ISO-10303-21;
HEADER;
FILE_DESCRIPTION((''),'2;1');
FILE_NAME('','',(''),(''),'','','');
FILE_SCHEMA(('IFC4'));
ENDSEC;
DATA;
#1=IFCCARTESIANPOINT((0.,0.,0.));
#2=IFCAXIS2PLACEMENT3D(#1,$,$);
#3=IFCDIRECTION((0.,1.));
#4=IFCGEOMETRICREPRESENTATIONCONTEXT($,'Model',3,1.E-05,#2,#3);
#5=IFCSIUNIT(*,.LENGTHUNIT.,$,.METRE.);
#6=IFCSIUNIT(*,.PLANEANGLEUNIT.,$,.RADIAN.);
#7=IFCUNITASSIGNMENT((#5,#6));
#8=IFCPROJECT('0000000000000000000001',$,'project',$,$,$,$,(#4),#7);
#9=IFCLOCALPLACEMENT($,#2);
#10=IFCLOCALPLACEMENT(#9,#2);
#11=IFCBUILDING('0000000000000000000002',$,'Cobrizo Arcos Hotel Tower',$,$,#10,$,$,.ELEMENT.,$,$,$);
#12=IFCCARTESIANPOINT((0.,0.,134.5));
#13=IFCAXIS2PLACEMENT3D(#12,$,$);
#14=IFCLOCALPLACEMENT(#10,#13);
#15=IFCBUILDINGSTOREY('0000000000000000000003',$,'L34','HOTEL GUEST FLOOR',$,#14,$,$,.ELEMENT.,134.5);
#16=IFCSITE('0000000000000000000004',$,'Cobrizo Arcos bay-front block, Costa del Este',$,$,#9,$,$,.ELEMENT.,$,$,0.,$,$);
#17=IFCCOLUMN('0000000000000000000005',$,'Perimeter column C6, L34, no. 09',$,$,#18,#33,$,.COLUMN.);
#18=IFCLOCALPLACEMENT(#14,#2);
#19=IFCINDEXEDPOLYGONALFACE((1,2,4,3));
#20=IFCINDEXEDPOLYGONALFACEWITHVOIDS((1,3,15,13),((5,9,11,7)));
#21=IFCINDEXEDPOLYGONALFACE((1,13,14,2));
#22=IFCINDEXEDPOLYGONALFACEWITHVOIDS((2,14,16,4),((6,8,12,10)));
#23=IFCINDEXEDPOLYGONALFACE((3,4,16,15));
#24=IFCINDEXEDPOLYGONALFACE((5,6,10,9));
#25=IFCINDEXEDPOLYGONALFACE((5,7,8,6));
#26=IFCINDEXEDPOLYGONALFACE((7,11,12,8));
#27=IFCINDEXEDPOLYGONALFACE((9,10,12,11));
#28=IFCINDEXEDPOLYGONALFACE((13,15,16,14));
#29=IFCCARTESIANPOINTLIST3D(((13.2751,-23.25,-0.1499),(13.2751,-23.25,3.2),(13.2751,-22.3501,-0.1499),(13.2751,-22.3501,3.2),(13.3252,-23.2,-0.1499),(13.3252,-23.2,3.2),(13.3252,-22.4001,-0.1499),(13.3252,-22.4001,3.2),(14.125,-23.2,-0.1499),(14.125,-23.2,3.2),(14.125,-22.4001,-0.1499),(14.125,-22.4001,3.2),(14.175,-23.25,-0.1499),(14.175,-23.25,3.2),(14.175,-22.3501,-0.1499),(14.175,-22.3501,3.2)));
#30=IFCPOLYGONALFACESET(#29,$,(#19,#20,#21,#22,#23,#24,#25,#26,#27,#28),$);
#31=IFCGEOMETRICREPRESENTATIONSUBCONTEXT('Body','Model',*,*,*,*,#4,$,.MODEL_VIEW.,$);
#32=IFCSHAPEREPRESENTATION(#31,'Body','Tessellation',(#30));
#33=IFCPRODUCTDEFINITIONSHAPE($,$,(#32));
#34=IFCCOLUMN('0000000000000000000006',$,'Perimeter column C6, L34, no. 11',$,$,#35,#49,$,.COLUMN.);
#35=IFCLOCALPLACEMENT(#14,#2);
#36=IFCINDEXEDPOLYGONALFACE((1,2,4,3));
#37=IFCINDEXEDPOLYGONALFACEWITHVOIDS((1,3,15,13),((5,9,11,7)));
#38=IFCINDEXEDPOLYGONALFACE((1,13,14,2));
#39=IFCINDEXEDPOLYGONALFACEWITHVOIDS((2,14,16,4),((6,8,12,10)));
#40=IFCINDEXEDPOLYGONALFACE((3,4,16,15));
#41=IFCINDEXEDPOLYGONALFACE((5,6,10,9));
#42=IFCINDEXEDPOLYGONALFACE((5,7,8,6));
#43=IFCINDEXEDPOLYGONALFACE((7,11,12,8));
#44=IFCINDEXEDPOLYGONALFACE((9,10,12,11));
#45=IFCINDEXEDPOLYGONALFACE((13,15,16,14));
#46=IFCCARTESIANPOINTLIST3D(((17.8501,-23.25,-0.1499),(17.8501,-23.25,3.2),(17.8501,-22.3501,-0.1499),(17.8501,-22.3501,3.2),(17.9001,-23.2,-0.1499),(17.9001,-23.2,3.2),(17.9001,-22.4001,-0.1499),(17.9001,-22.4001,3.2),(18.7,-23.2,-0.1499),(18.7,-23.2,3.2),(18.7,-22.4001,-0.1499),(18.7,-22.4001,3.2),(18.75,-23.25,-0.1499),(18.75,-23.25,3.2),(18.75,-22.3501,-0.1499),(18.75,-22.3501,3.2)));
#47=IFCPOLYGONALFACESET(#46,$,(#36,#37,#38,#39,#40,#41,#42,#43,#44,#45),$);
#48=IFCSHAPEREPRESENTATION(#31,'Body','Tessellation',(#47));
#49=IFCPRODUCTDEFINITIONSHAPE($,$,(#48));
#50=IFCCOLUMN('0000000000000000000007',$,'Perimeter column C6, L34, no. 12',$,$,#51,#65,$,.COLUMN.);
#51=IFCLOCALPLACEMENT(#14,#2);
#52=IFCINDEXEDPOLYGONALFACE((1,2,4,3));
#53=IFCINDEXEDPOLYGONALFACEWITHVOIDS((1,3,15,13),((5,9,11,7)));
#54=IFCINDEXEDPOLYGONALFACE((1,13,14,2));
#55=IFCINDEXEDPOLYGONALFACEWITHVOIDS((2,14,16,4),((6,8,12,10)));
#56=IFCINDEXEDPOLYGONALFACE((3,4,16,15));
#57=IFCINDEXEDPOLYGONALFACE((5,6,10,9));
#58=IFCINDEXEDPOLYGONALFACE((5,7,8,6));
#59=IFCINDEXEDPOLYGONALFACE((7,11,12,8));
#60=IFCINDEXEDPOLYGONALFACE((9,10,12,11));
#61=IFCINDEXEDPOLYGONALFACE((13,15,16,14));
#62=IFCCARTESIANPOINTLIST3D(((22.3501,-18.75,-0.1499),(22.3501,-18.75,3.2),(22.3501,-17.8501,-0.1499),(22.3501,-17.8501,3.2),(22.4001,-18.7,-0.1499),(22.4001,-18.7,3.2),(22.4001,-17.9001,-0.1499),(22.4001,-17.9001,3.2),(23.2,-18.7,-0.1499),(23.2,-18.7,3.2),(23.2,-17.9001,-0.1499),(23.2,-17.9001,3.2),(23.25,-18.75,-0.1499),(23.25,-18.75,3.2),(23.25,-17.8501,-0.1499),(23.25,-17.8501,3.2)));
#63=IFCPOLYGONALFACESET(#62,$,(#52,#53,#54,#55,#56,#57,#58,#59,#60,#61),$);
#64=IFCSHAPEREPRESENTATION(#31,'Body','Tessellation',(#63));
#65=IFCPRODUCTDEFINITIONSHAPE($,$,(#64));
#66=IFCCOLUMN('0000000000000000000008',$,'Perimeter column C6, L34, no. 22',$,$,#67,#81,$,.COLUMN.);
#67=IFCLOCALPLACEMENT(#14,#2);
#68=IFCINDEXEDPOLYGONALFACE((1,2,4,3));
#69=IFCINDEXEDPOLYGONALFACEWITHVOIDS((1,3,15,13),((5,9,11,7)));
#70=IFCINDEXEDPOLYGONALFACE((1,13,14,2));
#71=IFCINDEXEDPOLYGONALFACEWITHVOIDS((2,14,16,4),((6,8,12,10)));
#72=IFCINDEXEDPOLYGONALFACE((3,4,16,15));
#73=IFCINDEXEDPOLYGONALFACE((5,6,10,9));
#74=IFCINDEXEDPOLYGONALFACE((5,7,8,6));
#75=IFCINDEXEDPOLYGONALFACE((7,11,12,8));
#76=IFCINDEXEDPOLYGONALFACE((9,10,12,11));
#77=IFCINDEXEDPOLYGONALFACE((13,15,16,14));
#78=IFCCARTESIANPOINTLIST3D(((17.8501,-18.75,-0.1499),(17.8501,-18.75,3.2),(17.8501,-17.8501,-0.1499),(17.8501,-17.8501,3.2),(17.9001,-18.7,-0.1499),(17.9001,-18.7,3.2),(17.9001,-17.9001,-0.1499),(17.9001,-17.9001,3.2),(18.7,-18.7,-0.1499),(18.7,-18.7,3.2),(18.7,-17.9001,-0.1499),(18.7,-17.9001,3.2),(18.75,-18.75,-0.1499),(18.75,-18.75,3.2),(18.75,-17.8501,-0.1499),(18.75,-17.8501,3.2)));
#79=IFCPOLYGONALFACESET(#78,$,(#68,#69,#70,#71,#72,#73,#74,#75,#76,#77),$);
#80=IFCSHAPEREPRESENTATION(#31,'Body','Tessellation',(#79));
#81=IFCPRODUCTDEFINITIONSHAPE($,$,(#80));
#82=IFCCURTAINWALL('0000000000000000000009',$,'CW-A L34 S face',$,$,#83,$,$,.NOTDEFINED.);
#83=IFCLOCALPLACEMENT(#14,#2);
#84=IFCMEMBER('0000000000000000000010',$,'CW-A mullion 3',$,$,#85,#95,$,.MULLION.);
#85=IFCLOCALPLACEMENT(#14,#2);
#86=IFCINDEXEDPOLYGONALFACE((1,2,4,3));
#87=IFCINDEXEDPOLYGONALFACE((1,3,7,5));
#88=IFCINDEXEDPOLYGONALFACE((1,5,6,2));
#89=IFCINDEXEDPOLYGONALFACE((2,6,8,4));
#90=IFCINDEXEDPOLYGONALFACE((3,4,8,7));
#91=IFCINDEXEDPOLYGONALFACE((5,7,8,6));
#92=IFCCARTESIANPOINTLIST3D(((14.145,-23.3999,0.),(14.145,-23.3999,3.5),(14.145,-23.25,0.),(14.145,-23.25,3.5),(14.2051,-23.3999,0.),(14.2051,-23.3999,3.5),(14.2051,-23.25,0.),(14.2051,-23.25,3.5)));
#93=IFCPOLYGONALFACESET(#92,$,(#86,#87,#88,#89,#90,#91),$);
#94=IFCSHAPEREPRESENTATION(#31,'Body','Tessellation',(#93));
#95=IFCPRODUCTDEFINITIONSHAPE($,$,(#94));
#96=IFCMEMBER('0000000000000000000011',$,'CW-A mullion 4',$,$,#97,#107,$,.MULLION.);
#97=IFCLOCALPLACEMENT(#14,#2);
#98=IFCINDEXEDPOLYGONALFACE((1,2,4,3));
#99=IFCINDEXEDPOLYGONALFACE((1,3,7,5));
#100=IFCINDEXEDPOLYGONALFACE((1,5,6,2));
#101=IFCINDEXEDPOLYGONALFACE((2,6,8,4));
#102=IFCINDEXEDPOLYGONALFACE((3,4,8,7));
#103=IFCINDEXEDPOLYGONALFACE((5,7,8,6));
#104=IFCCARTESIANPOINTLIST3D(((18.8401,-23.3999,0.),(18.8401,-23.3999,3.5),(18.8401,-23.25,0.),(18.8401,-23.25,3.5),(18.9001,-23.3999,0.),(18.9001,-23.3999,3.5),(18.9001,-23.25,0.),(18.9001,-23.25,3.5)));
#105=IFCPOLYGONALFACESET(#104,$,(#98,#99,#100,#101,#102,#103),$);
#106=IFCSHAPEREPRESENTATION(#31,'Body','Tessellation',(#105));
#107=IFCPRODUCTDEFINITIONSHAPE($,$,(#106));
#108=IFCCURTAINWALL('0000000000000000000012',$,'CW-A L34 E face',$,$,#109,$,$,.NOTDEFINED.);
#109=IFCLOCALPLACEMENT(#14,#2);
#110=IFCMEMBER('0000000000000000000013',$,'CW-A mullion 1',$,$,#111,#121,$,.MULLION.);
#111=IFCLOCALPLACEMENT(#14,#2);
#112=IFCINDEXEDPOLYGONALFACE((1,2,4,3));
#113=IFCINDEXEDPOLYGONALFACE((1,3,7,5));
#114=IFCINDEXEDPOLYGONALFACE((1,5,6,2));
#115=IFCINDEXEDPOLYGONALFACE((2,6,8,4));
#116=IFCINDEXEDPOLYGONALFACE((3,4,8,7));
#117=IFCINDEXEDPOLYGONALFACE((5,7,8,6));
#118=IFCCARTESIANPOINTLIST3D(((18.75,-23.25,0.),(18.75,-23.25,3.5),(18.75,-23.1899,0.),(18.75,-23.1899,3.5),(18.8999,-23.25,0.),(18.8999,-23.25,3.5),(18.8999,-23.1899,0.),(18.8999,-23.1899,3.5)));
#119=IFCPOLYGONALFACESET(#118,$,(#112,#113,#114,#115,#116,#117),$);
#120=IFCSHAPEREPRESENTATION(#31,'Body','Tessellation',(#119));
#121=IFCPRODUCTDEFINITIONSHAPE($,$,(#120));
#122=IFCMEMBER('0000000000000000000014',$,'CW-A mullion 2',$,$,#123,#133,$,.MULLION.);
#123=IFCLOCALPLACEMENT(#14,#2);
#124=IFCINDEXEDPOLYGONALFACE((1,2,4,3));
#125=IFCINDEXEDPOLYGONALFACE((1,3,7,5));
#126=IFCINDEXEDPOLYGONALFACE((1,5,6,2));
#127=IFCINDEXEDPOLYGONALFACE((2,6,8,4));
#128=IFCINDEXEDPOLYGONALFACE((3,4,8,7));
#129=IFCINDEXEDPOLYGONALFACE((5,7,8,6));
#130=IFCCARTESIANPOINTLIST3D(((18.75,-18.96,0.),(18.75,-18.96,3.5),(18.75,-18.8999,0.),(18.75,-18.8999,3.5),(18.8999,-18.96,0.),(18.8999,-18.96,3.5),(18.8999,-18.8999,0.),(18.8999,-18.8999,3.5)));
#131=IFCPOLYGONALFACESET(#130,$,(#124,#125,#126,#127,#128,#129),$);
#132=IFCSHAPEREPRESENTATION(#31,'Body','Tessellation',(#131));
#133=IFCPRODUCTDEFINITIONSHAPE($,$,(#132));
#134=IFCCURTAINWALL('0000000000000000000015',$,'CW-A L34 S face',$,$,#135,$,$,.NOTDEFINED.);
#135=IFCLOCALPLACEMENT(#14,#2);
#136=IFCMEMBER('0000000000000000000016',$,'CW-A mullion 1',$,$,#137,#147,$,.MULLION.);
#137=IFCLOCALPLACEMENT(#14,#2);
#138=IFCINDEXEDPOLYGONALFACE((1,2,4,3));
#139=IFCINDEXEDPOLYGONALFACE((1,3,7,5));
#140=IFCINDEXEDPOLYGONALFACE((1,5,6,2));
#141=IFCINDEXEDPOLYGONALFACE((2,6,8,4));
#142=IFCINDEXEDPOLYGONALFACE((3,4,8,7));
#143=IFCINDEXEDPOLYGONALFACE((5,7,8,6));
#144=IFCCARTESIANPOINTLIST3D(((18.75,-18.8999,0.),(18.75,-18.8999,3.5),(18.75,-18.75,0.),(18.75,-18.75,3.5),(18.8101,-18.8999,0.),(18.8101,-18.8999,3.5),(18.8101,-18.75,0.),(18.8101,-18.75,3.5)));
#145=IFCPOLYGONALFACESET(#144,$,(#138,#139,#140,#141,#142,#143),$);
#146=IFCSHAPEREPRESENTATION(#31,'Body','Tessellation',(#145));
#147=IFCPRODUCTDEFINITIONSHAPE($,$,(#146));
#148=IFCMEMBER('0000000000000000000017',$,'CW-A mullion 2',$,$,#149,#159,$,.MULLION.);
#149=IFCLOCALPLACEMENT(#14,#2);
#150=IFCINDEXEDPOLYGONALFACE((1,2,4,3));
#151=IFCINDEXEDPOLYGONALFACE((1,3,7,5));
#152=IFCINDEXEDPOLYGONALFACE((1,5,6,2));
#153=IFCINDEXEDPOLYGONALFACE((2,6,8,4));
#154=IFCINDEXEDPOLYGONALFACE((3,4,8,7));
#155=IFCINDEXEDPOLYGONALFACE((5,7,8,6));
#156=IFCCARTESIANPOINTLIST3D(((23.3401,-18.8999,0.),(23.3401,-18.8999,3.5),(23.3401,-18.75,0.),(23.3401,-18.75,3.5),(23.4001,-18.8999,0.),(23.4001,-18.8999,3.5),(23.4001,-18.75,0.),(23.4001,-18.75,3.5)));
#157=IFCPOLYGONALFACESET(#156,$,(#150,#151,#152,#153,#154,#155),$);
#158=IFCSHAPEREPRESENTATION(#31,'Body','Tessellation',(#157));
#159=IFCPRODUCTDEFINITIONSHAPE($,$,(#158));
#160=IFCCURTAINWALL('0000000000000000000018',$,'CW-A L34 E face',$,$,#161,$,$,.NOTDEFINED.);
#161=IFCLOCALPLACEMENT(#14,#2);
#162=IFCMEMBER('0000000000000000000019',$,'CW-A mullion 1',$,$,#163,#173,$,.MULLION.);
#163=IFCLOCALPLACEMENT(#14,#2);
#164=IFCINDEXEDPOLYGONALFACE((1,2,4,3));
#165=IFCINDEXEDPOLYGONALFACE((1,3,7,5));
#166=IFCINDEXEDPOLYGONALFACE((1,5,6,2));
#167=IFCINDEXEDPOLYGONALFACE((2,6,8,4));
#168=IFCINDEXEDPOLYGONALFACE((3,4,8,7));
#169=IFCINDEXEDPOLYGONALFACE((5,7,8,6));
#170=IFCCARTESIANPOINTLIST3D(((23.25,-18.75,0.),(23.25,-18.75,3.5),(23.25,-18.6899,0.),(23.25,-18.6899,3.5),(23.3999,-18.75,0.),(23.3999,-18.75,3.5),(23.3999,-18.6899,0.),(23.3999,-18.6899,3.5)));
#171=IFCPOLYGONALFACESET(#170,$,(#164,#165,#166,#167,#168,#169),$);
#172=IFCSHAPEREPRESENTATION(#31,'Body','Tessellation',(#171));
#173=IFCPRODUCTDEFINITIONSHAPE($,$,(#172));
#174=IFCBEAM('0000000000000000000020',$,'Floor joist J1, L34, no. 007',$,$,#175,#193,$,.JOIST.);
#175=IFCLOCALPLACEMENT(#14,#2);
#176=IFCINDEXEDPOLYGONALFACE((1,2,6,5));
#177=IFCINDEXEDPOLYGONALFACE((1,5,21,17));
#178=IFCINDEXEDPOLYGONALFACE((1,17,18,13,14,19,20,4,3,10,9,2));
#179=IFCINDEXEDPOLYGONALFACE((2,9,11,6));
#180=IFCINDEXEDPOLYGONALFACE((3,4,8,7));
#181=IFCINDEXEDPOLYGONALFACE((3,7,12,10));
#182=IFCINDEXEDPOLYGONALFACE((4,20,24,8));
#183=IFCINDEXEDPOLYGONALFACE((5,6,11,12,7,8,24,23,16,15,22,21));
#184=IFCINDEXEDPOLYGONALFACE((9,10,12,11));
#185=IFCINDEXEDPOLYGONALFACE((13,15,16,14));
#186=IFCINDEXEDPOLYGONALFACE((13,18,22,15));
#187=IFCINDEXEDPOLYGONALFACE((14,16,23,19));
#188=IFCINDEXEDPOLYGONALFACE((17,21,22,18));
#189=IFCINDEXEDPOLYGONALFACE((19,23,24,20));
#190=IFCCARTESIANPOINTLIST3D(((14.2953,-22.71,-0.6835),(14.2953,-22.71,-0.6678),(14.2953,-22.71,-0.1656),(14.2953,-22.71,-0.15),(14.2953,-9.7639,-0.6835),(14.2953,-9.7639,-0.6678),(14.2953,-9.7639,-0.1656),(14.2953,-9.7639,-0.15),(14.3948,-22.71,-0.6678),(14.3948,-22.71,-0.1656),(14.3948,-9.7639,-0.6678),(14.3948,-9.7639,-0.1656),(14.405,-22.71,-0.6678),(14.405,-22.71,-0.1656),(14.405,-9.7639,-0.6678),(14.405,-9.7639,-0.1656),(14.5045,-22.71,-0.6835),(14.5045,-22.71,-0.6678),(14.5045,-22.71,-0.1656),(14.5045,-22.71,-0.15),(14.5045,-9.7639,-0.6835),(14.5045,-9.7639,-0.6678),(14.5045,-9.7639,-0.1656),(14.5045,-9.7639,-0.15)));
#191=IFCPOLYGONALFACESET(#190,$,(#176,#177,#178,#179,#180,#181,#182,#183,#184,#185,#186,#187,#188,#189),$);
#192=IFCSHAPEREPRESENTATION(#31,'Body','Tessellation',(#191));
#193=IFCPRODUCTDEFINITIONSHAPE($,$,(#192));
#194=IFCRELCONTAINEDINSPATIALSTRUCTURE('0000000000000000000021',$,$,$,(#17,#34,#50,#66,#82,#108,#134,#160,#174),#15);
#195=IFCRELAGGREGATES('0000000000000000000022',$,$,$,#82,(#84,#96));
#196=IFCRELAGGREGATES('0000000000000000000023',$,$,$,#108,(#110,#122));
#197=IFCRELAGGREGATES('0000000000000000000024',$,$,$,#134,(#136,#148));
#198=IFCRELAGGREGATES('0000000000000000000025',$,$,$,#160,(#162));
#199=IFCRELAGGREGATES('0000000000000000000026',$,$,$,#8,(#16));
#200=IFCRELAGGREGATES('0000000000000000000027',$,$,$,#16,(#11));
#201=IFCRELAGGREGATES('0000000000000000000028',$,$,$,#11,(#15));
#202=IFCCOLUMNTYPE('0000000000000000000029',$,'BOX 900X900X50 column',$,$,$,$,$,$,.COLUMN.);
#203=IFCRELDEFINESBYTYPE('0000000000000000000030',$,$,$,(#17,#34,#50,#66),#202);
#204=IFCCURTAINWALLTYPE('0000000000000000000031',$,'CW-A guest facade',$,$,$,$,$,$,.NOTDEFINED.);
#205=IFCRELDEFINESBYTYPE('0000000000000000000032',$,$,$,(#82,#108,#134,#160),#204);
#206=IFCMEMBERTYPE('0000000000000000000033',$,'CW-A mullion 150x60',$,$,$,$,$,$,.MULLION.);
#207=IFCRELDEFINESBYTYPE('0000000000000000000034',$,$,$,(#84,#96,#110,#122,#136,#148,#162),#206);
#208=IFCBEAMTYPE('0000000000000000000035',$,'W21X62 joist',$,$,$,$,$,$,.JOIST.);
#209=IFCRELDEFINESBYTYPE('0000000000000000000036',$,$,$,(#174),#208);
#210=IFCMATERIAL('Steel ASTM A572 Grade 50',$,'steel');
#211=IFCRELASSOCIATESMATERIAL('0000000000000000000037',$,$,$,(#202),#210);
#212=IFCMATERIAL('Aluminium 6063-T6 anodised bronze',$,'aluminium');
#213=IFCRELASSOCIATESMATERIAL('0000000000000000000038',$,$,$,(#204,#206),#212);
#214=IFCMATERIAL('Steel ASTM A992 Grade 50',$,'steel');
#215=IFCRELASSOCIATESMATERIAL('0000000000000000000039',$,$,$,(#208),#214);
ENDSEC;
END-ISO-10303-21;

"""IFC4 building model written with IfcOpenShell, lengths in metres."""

from ifc_helpers import new_model, si_unit, direction, frame, origin, origin_2d, place, context, subcontext, project, spatial, rectangle, hollow_rectangle, i_section, extrude, material, material_profile, profile_set, type_object, element, aggregate, save


model = new_model("IFC4")

# Units and contexts
model_context = context("Model", 3, precision=1e-05, world=origin(), true_north=direction((0.0, 1.0)))
body_context = subcontext(model_context, "Body", "Model", "MODEL_VIEW")
ifc_project = project(units=[si_unit("LENGTHUNIT", "METRE"), si_unit("PLANEANGLEUNIT", "RADIAN")], contexts=[model_context])

# Site, building, storey
site_placement = place(None, origin())
site = spatial("IfcSite", under=ifc_project, at=site_placement, Name="Cobrizo Arcos bay-front block, Costa del Este", CompositionType="ELEMENT", RefElevation=0.0)
building_placement = place(site_placement, origin())
building = spatial("IfcBuilding", under=site, at=building_placement, Name="Cobrizo Arcos Hotel Tower", CompositionType="ELEMENT")
storey_placement = place(building_placement, frame((0.0, 0.0, 134.5)))
storey = spatial("IfcBuildingStorey", under=building, at=storey_placement, Name="L34", Description="HOTEL GUEST FLOOR", CompositionType="ELEMENT", Elevation=134.5)

# Columns
ifc_material_1 = material(Name="Steel ASTM A572 Grade 50", Category="steel")
ifc_material_profile_1 = material_profile(ifc_material_1, hollow_rectangle(XDim=0.8999, YDim=0.8999, WallThickness=0.05, at=origin_2d()), Name="BOX 900X900X50")
ifc_profile_set_1 = profile_set([ifc_material_profile_1], Name="Steel ASTM A572 Grade 50")
column_type = type_object("IfcColumnType", Name="BOX 900X900X50 column", PredefinedType="COLUMN", material=ifc_profile_set_1)
for number, where, z_axis, x_axis, name in (
    (1, (13.7251, -22.8, -0.1499), (0.0, 0.0, 1.0), (1.0, 0.0, 0.0), "Perimeter column C6, L34, no. 09"),
    (2, (18.3, -22.8, -0.1499), (0.0, 0.0, 1.0), (1.0, 0.0, 0.0), "Perimeter column C6, L34, no. 11"),
    (3, (22.8, -18.3, -0.1499), (0.0, 0.0, 1.0), (1.0, 0.0, 0.0), "Perimeter column C6, L34, no. 12"),
    (4, (18.3, -18.3, -0.1499), (0.0, 0.0, 1.0), (1.0, 0.0, 0.0), "Perimeter column C6, L34, no. 22"),
):
    element("IfcColumn", number, at=place(storey_placement, frame(where, z_axis=z_axis, x_axis=x_axis)), inside=storey, type_object=column_type, Name=name, PredefinedType="COLUMN", context=body_context, shape_type="SweptSolid", body=[
        extrude(hollow_rectangle(XDim=0.8999, YDim=0.8999, WallThickness=0.05, at=origin_2d()), origin(), (0.0, 0.0, 1.0), 3.3499),
    ])

# Curtain walls, members
ifc_material_2 = material(Name="Aluminium 6063-T6 anodised bronze", Category="aluminium")
curtain_wall_type = type_object("IfcCurtainWallType", Name="CW-A guest facade", PredefinedType="NOTDEFINED", material=ifc_material_2)
curtain_wall_1_placement = place(storey_placement, origin())
curtain_wall_1 = element("IfcCurtainWall", 5, at=curtain_wall_1_placement, inside=storey, type_object=curtain_wall_type, Name="CW-A L34 S face", PredefinedType="NOTDEFINED")
ifc_material_profile_2 = material_profile(ifc_material_2, rectangle(XDim=0.1499, YDim=0.0601, at=origin_2d()), Name="CW-A mullion 150x60")
ifc_profile_set_2 = profile_set([ifc_material_profile_2], Name="Aluminium 6063-T6 anodised bronze")
member_type = type_object("IfcMemberType", Name="CW-A mullion 150x60", PredefinedType="MULLION", material=ifc_profile_set_2)
member_1_placement = place(storey_placement, frame((14.175, -23.325, 0.0), z_axis=(0.0, 0.0, 1.0), x_axis=(0.0, -1.0, 0.0)))
member_1 = element("IfcMember", 6, at=member_1_placement, type_object=member_type, Name="CW-A mullion 3", PredefinedType="MULLION", context=body_context, shape_type="SweptSolid", body=[
    extrude(rectangle(XDim=0.1499, YDim=0.0601, at=origin_2d()), origin(), (0.0, 0.0, 1.0), 3.5),
])
member_2_placement = place(storey_placement, frame((18.8701, -23.325, 0.0), z_axis=(0.0, 0.0, 1.0), x_axis=(0.0, -1.0, 0.0)))
member_2 = element("IfcMember", 7, at=member_2_placement, type_object=member_type, Name="CW-A mullion 4", PredefinedType="MULLION", context=body_context, shape_type="SweptSolid", body=[
    extrude(rectangle(XDim=0.1499, YDim=0.0601, at=origin_2d()), origin(), (0.0, 0.0, 1.0), 3.5),
])
curtain_wall_2_placement = place(storey_placement, origin())
curtain_wall_2 = element("IfcCurtainWall", 8, at=curtain_wall_2_placement, inside=storey, type_object=curtain_wall_type, Name="CW-A L34 E face", PredefinedType="NOTDEFINED")
member_3_placement = place(storey_placement, frame((18.825, -23.22, 0.0), z_axis=(0.0, 0.0, 1.0), x_axis=(1.0, 0.0, 0.0)))
member_3 = element("IfcMember", 9, at=member_3_placement, type_object=member_type, Name="CW-A mullion 1", PredefinedType="MULLION", context=body_context, shape_type="SweptSolid", body=[
    extrude(rectangle(XDim=0.1499, YDim=0.0601, at=origin_2d()), origin(), (0.0, 0.0, 1.0), 3.5),
])
member_4_placement = place(storey_placement, frame((18.825, -18.9299, 0.0), z_axis=(0.0, 0.0, 1.0), x_axis=(1.0, 0.0, 0.0)))
member_4 = element("IfcMember", 10, at=member_4_placement, type_object=member_type, Name="CW-A mullion 2", PredefinedType="MULLION", context=body_context, shape_type="SweptSolid", body=[
    extrude(rectangle(XDim=0.1499, YDim=0.0601, at=origin_2d()), origin(), (0.0, 0.0, 1.0), 3.5),
])
curtain_wall_3_placement = place(storey_placement, origin())
curtain_wall_3 = element("IfcCurtainWall", 11, at=curtain_wall_3_placement, inside=storey, type_object=curtain_wall_type, Name="CW-A L34 S face", PredefinedType="NOTDEFINED")
member_5_placement = place(storey_placement, frame((18.78, -18.825, 0.0), z_axis=(0.0, 0.0, 1.0), x_axis=(0.0, -1.0, 0.0)))
member_5 = element("IfcMember", 12, at=member_5_placement, type_object=member_type, Name="CW-A mullion 1", PredefinedType="MULLION", context=body_context, shape_type="SweptSolid", body=[
    extrude(rectangle(XDim=0.1499, YDim=0.0601, at=origin_2d()), origin(), (0.0, 0.0, 1.0), 3.5),
])
member_6_placement = place(storey_placement, frame((23.3701, -18.825, 0.0), z_axis=(0.0, 0.0, 1.0), x_axis=(0.0, -1.0, 0.0)))
member_6 = element("IfcMember", 13, at=member_6_placement, type_object=member_type, Name="CW-A mullion 2", PredefinedType="MULLION", context=body_context, shape_type="SweptSolid", body=[
    extrude(rectangle(XDim=0.1499, YDim=0.0601, at=origin_2d()), origin(), (0.0, 0.0, 1.0), 3.5),
])

# Curtain wall, member
curtain_wall_4_placement = place(storey_placement, origin())
curtain_wall_4 = element("IfcCurtainWall", 14, at=curtain_wall_4_placement, inside=storey, type_object=curtain_wall_type, Name="CW-A L34 E face", PredefinedType="NOTDEFINED")
member_7_placement = place(storey_placement, frame((23.325, -18.72, 0.0), z_axis=(0.0, 0.0, 1.0), x_axis=(1.0, 0.0, 0.0)))
member_7 = element("IfcMember", 15, at=member_7_placement, type_object=member_type, Name="CW-A mullion 1", PredefinedType="MULLION", context=body_context, shape_type="SweptSolid", body=[
    extrude(rectangle(XDim=0.1499, YDim=0.0601, at=origin_2d()), origin(), (0.0, 0.0, 1.0), 3.5),
])

# Beam
ifc_material_3 = material(Name="Steel ASTM A992 Grade 50", Category="steel")
ifc_material_profile_3 = material_profile(ifc_material_3, i_section(OverallWidth=0.2092, OverallDepth=0.5334, WebThickness=0.0103, FlangeThickness=0.0156, at=origin_2d()), Name="W21X62")
ifc_profile_set_3 = profile_set([ifc_material_profile_3], Name="Steel ASTM A992 Grade 50")
beam_type_1 = type_object("IfcBeamType", Name="W21X62 joist", PredefinedType="JOIST", material=ifc_profile_set_3)
beam_1_placement = place(storey_placement, frame((14.3999, -22.71, -0.4167), z_axis=(0.0, 1.0, 0.0), x_axis=(-1.0, 0.0, 0.0)))
element("IfcBeam", 16, at=beam_1_placement, inside=storey, type_object=beam_type_1, Name="Floor joist J1, L34, no. 007", PredefinedType="JOIST", context=body_context, shape_type="SweptSolid", body=[
    extrude(i_section(OverallWidth=0.2092, OverallDepth=0.5334, WebThickness=0.0103, FlangeThickness=0.0156, at=origin_2d()), origin(), (0.0, 0.0, 1.0), 12.946),
])

aggregate(curtain_wall_1, [member_1, member_2])
aggregate(curtain_wall_2, [member_3, member_4])
aggregate(curtain_wall_3, [member_5, member_6])
aggregate(curtain_wall_4, [member_7])

save(model, "model.ifc")
